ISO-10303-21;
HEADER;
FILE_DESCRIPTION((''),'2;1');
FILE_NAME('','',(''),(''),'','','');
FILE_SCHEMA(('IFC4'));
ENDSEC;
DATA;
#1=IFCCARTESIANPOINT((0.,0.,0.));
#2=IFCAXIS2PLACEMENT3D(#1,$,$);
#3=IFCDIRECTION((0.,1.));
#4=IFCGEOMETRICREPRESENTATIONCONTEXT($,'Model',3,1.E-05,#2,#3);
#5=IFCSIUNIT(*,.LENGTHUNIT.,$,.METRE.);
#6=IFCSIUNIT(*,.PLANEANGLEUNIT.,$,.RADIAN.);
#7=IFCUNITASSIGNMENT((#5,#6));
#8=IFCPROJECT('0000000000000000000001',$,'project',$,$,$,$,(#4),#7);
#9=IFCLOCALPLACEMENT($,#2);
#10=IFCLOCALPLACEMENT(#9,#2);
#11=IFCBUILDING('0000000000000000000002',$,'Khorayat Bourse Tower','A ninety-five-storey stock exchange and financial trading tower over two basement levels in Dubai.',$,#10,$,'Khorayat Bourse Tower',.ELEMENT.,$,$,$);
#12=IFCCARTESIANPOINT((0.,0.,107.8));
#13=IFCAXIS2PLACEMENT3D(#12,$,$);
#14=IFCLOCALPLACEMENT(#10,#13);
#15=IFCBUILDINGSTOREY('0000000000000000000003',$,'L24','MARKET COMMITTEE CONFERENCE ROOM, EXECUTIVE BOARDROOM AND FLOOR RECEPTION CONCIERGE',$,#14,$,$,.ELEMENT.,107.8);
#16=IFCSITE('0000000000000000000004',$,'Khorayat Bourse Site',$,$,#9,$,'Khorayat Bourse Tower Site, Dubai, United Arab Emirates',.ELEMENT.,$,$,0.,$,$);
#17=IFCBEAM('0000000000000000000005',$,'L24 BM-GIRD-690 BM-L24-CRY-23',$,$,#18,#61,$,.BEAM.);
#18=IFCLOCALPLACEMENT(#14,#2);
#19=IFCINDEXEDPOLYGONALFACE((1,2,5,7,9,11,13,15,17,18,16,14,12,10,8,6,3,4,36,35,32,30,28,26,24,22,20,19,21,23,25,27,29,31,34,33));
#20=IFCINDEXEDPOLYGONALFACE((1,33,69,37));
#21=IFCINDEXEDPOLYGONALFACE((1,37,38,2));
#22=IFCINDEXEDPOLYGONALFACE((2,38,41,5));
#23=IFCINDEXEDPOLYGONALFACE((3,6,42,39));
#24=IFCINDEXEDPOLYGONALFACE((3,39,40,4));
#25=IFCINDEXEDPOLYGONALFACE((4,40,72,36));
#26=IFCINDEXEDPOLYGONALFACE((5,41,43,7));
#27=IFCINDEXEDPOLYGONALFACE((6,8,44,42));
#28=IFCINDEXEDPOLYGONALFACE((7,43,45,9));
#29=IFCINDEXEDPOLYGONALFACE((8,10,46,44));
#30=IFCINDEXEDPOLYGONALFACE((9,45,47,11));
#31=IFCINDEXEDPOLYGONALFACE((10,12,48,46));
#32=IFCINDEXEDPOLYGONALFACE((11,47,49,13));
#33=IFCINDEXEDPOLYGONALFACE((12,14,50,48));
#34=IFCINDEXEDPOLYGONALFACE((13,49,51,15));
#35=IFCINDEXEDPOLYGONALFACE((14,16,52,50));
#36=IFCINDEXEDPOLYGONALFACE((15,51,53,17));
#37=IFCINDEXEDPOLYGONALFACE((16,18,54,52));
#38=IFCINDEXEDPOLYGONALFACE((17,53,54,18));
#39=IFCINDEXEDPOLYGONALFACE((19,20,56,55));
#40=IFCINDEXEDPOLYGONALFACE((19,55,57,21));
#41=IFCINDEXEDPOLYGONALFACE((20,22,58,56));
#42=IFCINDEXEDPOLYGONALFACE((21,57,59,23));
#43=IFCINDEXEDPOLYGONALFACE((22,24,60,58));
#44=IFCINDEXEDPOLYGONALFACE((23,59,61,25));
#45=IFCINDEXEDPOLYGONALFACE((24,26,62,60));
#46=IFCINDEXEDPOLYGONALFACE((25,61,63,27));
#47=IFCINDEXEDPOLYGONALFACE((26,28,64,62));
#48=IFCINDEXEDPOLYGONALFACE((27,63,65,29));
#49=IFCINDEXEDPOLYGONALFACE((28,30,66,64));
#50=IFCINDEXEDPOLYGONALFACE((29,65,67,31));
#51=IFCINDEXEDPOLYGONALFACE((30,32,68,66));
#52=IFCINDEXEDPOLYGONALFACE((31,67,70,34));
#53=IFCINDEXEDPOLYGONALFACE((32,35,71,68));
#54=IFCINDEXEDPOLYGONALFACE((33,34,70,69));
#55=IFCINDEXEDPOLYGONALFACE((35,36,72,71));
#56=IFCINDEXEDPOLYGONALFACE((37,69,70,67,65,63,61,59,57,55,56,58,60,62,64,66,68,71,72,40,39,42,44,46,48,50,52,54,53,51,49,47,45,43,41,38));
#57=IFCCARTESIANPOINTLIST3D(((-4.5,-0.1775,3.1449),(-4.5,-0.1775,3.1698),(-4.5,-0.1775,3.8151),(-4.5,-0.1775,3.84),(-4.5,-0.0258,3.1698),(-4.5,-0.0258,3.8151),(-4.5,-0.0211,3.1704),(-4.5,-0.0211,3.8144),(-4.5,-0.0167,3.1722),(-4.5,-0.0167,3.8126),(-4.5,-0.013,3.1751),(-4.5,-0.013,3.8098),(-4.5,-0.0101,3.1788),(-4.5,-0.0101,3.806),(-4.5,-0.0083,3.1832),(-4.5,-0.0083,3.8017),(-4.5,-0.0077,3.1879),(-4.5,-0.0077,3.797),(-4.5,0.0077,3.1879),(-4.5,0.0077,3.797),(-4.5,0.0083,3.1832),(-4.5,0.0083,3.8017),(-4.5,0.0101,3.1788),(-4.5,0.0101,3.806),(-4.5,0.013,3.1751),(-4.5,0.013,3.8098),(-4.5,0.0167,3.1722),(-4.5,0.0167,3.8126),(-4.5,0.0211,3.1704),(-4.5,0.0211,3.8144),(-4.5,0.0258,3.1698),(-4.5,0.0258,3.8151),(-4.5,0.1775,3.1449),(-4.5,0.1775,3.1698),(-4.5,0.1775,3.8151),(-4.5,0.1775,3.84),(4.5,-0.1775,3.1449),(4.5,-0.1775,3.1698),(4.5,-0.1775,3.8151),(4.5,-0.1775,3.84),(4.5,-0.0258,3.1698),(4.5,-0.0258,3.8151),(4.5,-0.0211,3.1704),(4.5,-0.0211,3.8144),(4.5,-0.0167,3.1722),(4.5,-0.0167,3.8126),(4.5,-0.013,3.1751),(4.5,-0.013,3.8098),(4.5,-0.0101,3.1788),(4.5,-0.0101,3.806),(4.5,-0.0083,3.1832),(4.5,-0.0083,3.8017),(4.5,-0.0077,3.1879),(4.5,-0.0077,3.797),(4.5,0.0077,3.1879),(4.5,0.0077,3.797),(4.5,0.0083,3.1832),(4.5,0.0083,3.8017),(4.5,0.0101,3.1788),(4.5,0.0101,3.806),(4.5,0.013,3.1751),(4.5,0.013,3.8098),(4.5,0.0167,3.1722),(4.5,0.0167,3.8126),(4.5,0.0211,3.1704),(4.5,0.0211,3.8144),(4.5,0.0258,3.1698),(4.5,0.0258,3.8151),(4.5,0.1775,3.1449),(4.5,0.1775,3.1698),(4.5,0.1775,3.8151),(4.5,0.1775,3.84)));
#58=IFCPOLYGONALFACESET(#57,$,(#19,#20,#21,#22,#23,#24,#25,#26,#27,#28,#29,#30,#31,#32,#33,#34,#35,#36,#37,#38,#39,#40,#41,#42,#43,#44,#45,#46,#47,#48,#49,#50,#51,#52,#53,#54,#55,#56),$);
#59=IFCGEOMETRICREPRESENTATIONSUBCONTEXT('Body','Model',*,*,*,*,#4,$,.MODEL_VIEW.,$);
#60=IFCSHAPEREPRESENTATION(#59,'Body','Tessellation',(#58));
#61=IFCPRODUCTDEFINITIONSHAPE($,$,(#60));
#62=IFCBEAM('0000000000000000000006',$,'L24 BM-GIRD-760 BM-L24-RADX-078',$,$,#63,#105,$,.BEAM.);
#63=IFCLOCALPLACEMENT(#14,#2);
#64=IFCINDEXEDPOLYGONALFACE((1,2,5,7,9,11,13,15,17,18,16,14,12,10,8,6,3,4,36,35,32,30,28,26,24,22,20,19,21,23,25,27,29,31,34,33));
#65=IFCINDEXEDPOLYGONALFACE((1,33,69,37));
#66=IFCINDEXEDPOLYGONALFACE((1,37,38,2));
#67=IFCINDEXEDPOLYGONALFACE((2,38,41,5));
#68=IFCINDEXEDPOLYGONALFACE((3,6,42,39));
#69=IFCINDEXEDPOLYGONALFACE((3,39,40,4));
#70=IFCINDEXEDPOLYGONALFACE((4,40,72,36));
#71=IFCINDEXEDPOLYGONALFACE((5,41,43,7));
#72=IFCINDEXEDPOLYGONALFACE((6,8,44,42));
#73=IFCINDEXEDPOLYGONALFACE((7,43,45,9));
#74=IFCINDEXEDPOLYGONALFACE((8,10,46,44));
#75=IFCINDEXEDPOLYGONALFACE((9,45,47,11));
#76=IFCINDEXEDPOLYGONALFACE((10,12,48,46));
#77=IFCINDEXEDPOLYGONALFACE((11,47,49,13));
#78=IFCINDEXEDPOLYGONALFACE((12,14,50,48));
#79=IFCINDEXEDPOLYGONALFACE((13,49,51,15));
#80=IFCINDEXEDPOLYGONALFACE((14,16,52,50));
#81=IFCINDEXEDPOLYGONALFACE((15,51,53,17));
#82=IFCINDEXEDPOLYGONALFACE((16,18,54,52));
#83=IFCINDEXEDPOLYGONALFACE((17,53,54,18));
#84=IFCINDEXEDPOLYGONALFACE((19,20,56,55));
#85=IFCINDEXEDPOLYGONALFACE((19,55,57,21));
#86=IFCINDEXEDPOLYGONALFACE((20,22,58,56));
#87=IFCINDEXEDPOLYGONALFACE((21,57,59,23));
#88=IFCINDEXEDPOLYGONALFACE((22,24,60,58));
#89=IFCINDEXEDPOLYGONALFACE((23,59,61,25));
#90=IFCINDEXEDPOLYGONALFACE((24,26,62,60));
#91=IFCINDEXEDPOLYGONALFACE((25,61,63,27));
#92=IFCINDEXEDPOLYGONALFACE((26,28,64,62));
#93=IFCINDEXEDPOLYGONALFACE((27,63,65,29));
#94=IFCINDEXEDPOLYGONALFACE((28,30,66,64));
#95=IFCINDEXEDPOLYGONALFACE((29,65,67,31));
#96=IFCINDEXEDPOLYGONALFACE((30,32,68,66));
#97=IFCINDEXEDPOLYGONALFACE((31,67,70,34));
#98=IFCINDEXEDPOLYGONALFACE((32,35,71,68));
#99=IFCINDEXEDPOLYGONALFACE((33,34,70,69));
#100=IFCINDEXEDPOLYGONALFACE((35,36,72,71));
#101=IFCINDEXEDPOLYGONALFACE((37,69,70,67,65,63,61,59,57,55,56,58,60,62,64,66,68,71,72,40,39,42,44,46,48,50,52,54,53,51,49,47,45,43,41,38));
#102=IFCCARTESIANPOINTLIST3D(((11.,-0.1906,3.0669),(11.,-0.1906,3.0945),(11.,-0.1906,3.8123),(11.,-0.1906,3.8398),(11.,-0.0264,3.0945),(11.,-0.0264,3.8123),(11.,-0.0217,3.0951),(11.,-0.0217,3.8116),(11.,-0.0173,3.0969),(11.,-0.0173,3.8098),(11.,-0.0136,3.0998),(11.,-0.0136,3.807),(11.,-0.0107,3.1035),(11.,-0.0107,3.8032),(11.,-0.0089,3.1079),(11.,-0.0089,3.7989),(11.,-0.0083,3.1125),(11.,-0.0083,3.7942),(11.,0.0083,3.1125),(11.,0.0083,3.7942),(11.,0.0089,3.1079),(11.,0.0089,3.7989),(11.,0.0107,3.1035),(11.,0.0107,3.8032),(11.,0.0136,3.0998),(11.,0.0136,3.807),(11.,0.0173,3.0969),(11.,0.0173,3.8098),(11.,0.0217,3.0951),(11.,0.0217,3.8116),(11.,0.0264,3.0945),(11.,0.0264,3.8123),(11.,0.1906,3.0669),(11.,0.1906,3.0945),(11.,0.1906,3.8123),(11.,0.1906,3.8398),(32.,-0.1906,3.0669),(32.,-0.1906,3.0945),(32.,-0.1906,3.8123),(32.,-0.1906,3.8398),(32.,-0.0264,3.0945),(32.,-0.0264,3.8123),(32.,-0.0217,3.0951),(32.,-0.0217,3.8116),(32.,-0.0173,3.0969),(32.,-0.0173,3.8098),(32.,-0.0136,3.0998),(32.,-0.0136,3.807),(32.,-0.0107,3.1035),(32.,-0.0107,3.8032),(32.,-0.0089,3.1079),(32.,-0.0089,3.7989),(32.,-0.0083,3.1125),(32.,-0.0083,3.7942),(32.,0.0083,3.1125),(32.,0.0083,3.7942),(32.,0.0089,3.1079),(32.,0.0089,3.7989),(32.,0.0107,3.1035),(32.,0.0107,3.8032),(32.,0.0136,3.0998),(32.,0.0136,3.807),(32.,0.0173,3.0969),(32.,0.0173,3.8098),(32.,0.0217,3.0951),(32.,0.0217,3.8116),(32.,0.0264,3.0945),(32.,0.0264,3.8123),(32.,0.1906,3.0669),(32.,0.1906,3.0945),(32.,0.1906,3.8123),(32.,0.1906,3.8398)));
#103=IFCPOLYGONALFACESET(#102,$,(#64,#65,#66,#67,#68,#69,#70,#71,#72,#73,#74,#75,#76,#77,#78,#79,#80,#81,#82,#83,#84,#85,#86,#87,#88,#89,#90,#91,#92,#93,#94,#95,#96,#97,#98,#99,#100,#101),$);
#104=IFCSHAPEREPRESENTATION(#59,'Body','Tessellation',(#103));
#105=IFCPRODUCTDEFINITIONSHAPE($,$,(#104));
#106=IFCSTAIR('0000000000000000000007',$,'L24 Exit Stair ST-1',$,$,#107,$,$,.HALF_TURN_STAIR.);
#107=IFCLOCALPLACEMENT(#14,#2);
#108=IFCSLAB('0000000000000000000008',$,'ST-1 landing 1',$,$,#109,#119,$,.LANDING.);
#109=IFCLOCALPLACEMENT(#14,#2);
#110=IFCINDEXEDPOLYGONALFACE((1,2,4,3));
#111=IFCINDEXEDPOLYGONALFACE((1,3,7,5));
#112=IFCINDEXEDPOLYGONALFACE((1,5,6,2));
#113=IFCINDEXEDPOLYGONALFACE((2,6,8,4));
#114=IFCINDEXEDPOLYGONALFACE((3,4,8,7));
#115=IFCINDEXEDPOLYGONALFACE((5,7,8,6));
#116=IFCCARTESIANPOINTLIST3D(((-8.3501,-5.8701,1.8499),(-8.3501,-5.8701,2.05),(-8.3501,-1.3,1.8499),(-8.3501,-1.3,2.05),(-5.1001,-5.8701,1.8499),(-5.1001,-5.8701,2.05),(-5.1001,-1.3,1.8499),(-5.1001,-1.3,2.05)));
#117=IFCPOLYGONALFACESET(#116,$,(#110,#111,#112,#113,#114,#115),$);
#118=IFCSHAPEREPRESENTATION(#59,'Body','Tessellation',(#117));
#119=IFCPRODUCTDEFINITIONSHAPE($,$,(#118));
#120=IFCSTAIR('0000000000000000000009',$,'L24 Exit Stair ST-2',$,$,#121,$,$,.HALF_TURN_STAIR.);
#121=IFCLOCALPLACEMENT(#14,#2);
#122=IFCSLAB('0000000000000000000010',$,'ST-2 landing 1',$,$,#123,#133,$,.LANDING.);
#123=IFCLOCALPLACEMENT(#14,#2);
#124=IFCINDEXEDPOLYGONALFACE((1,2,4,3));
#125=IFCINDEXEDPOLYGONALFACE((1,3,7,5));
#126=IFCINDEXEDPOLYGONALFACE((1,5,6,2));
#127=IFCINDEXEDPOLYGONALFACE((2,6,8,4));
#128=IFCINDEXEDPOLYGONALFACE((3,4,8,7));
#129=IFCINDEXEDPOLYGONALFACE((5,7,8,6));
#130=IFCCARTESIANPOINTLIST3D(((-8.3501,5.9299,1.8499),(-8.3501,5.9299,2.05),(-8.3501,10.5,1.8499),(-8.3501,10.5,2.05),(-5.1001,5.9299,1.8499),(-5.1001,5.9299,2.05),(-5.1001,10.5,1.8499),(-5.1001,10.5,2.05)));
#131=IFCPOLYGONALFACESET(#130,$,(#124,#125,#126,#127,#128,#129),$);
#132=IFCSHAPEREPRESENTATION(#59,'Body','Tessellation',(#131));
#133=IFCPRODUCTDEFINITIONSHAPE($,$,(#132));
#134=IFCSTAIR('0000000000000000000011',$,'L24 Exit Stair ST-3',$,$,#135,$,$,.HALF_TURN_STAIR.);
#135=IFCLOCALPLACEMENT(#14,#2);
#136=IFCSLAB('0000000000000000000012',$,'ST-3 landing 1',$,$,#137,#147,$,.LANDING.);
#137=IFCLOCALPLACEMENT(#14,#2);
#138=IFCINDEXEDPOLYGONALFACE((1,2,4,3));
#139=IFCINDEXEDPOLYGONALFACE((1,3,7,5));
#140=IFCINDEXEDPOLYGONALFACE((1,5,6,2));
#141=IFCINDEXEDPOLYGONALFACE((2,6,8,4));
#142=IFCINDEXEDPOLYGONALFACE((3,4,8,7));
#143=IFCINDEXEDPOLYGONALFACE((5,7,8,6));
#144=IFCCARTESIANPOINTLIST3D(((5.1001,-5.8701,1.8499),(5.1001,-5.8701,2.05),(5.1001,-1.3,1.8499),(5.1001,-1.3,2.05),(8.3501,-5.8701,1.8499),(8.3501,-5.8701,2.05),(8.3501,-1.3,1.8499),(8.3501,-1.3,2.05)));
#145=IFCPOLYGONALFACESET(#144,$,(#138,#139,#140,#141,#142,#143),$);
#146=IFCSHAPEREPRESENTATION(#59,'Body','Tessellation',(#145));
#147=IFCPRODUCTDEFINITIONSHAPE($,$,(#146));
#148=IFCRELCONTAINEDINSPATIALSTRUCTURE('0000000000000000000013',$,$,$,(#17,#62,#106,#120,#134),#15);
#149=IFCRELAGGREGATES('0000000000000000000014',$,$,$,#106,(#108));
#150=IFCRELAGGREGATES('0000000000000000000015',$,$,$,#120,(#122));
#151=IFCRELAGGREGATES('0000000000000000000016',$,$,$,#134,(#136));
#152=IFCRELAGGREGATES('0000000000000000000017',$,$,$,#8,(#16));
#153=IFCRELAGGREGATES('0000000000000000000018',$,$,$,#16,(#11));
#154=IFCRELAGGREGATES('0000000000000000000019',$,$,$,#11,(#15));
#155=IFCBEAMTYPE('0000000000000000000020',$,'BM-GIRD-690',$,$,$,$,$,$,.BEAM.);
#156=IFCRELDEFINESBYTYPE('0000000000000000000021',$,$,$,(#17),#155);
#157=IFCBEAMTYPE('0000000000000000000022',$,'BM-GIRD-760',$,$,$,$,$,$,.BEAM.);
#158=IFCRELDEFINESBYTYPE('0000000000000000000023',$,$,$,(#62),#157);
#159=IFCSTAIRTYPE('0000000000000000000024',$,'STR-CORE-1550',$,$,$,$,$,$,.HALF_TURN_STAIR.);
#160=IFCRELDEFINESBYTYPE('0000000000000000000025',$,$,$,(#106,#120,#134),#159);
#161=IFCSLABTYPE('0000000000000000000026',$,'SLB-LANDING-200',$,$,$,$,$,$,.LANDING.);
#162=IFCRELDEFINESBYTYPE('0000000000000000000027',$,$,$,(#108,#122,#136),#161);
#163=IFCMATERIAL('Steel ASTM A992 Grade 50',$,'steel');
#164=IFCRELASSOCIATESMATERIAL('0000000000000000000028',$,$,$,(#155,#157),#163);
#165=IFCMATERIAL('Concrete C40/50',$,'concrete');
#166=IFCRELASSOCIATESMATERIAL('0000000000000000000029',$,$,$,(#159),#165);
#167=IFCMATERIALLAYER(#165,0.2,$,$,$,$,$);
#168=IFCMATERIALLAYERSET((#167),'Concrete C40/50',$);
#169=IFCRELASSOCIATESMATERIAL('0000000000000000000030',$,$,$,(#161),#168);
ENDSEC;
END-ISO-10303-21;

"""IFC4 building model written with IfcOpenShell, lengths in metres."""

from ifc_helpers import new_model, si_unit, direction, frame, origin, origin_2d, place, context, subcontext, project, spatial, polyline, i_section, outline, extrude, source, transform, mapped, material, layer, layer_set, material_profile, profile_set, type_object, element, aggregate, save


model = new_model("IFC4")

# Units and contexts
model_context = context("Model", 3, precision=1e-05, world=origin(), true_north=direction((0.0, 1.0)))
body_context = subcontext(model_context, "Body", "Model", "MODEL_VIEW")
ifc_project = project(units=[si_unit("LENGTHUNIT", "METRE"), si_unit("PLANEANGLEUNIT", "RADIAN")], contexts=[model_context])

# Site, building, storey
site_placement = place(None, origin())
site = spatial("IfcSite", under=ifc_project, at=site_placement, Name="Khorayat Bourse Site", LongName="Khorayat Bourse Tower Site, Dubai, United Arab Emirates", CompositionType="ELEMENT", RefElevation=0.0)
building_placement = place(site_placement, origin())
building = spatial("IfcBuilding", under=site, at=building_placement, Name="Khorayat Bourse Tower", Description="A ninety-five-storey stock exchange and financial trading tower over two basement levels in Dubai.", LongName="Khorayat Bourse Tower", CompositionType="ELEMENT")
storey_placement = place(building_placement, frame((0.0, 0.0, 107.8)))
storey = spatial("IfcBuildingStorey", under=building, at=storey_placement, Name="L24", Description="MARKET COMMITTEE CONFERENCE ROOM, EXECUTIVE BOARDROOM AND FLOOR RECEPTION CONCIERGE", CompositionType="ELEMENT", Elevation=107.8)

# Beams
ifc_material_1 = material(Name="Steel ASTM A992 Grade 50", Category="steel")
ifc_material_profile_1 = material_profile(ifc_material_1, i_section(OverallWidth=0.355, OverallDepth=0.6951, WebThickness=0.0154, FlangeThickness=0.0249, FilletRadius=0.0181, at=origin_2d()), Name="W690X217")
ifc_profile_set_1 = profile_set([ifc_material_profile_1], Name="Steel ASTM A992 Grade 50")
beam_type_1 = type_object("IfcBeamType", Name="BM-GIRD-690", PredefinedType="BEAM", material=ifc_profile_set_1)
shared_shape_1 = source(origin(), body_context, "Body", "SweptSolid", [
    extrude(i_section(OverallWidth=0.355, OverallDepth=0.6951, WebThickness=0.0154, FlangeThickness=0.0249, FilletRadius=0.0181, at=origin_2d()), origin(), (0.0, 0.0, 1.0), 9.0),
])
beam_1_placement = place(storey_placement, frame((-4.5, 0.0, 3.4924), z_axis=(1.0, 0.0, 0.0), x_axis=(0.0, 1.0, 0.0)))
element("IfcBeam", 1, at=beam_1_placement, inside=storey, type_object=beam_type_1, Name="L24 BM-GIRD-690 BM-L24-CRY-23", PredefinedType="BEAM", context=body_context, shape_type="MappedRepresentation", body=[
    mapped(shared_shape_1, transform((0.0, 0.0, 0.0), scale=1.0)),
])
ifc_material_profile_2 = material_profile(ifc_material_1, i_section(OverallWidth=0.3811, OverallDepth=0.7729, WebThickness=0.0166, FlangeThickness=0.0276, FilletRadius=0.0181, at=origin_2d()), Name="W760X257")
ifc_profile_set_2 = profile_set([ifc_material_profile_2], Name="Steel ASTM A992 Grade 50")
beam_type_2 = type_object("IfcBeamType", Name="BM-GIRD-760", PredefinedType="BEAM", material=ifc_profile_set_2)
shared_shape_2 = source(origin(), body_context, "Body", "SweptSolid", [
    extrude(i_section(OverallWidth=0.3811, OverallDepth=0.7729, WebThickness=0.0166, FlangeThickness=0.0276, FilletRadius=0.0181, at=origin_2d()), origin(), (0.0, 0.0, 1.0), 21.0),
])
beam_2_placement = place(storey_placement, frame((11.0, 0.0, 3.4534), z_axis=(1.0, 0.0, 0.0), x_axis=(0.0, 1.0, 0.0)))
element("IfcBeam", 2, at=beam_2_placement, inside=storey, type_object=beam_type_2, Name="L24 BM-GIRD-760 BM-L24-RADX-078", PredefinedType="BEAM", context=body_context, shape_type="MappedRepresentation", body=[
    mapped(shared_shape_2, transform((0.0, 0.0, 0.0), scale=1.0)),
])

# Stairs, slabs
ifc_material_2 = material(Name="Concrete C40/50", Category="concrete")
stair_type = type_object("IfcStairType", Name="STR-CORE-1550", PredefinedType="HALF_TURN_STAIR", material=ifc_material_2)
stair_1_placement = place(storey_placement, origin())
stair_1 = element("IfcStair", 3, at=stair_1_placement, inside=storey, type_object=stair_type, Name="L24 Exit Stair ST-1", PredefinedType="HALF_TURN_STAIR")
ifc_layer_1 = layer(ifc_material_2, 0.2)
ifc_layer_set_1 = layer_set([ifc_layer_1], Name="Concrete C40/50")
slab_type_1 = type_object("IfcSlabType", Name="SLB-LANDING-200", PredefinedType="LANDING", material=ifc_layer_set_1)
slab_1_placement = place(storey_placement, frame((0.0, 0.0, 1.8499)))
slab_1 = element("IfcSlab", 4, at=slab_1_placement, type_object=slab_type_1, Name="ST-1 landing 1", PredefinedType="LANDING", context=body_context, shape_type="SweptSolid", body=[
    extrude(outline(polyline([(-5.1001, -5.8701), (-5.1001, -1.3), (-8.3501, -1.3), (-8.3501, -5.8701), (-5.1001, -5.8701)])), origin(), (0.0, 0.0, 1.0), 0.2002),
])
aggregate(stair_1, [slab_1])
stair_2_placement = place(storey_placement, origin())
stair_2 = element("IfcStair", 5, at=stair_2_placement, inside=storey, type_object=stair_type, Name="L24 Exit Stair ST-2", PredefinedType="HALF_TURN_STAIR")
slab_2_placement = place(storey_placement, frame((0.0, 0.0, 1.8499)))
slab_2 = element("IfcSlab", 6, at=slab_2_placement, type_object=slab_type_1, Name="ST-2 landing 1", PredefinedType="LANDING", context=body_context, shape_type="SweptSolid", body=[
    extrude(outline(polyline([(-5.1001, 5.9299), (-5.1001, 10.5), (-8.3501, 10.5), (-8.3501, 5.9299), (-5.1001, 5.9299)])), origin(), (0.0, 0.0, 1.0), 0.2002),
])
aggregate(stair_2, [slab_2])
stair_3_placement = place(storey_placement, origin())
stair_3 = element("IfcStair", 7, at=stair_3_placement, inside=storey, type_object=stair_type, Name="L24 Exit Stair ST-3", PredefinedType="HALF_TURN_STAIR")
slab_3_placement = place(storey_placement, frame((0.0, 0.0, 1.8499)))
slab_3 = element("IfcSlab", 8, at=slab_3_placement, type_object=slab_type_1, Name="ST-3 landing 1", PredefinedType="LANDING", context=body_context, shape_type="SweptSolid", body=[
    extrude(outline(polyline([(8.3501, -5.8701), (8.3501, -1.3), (5.1001, -1.3), (5.1001, -5.8701), (8.3501, -5.8701)])), origin(), (0.0, 0.0, 1.0), 0.2002),
])
aggregate(stair_3, [slab_3])

save(model, "model.ifc")
